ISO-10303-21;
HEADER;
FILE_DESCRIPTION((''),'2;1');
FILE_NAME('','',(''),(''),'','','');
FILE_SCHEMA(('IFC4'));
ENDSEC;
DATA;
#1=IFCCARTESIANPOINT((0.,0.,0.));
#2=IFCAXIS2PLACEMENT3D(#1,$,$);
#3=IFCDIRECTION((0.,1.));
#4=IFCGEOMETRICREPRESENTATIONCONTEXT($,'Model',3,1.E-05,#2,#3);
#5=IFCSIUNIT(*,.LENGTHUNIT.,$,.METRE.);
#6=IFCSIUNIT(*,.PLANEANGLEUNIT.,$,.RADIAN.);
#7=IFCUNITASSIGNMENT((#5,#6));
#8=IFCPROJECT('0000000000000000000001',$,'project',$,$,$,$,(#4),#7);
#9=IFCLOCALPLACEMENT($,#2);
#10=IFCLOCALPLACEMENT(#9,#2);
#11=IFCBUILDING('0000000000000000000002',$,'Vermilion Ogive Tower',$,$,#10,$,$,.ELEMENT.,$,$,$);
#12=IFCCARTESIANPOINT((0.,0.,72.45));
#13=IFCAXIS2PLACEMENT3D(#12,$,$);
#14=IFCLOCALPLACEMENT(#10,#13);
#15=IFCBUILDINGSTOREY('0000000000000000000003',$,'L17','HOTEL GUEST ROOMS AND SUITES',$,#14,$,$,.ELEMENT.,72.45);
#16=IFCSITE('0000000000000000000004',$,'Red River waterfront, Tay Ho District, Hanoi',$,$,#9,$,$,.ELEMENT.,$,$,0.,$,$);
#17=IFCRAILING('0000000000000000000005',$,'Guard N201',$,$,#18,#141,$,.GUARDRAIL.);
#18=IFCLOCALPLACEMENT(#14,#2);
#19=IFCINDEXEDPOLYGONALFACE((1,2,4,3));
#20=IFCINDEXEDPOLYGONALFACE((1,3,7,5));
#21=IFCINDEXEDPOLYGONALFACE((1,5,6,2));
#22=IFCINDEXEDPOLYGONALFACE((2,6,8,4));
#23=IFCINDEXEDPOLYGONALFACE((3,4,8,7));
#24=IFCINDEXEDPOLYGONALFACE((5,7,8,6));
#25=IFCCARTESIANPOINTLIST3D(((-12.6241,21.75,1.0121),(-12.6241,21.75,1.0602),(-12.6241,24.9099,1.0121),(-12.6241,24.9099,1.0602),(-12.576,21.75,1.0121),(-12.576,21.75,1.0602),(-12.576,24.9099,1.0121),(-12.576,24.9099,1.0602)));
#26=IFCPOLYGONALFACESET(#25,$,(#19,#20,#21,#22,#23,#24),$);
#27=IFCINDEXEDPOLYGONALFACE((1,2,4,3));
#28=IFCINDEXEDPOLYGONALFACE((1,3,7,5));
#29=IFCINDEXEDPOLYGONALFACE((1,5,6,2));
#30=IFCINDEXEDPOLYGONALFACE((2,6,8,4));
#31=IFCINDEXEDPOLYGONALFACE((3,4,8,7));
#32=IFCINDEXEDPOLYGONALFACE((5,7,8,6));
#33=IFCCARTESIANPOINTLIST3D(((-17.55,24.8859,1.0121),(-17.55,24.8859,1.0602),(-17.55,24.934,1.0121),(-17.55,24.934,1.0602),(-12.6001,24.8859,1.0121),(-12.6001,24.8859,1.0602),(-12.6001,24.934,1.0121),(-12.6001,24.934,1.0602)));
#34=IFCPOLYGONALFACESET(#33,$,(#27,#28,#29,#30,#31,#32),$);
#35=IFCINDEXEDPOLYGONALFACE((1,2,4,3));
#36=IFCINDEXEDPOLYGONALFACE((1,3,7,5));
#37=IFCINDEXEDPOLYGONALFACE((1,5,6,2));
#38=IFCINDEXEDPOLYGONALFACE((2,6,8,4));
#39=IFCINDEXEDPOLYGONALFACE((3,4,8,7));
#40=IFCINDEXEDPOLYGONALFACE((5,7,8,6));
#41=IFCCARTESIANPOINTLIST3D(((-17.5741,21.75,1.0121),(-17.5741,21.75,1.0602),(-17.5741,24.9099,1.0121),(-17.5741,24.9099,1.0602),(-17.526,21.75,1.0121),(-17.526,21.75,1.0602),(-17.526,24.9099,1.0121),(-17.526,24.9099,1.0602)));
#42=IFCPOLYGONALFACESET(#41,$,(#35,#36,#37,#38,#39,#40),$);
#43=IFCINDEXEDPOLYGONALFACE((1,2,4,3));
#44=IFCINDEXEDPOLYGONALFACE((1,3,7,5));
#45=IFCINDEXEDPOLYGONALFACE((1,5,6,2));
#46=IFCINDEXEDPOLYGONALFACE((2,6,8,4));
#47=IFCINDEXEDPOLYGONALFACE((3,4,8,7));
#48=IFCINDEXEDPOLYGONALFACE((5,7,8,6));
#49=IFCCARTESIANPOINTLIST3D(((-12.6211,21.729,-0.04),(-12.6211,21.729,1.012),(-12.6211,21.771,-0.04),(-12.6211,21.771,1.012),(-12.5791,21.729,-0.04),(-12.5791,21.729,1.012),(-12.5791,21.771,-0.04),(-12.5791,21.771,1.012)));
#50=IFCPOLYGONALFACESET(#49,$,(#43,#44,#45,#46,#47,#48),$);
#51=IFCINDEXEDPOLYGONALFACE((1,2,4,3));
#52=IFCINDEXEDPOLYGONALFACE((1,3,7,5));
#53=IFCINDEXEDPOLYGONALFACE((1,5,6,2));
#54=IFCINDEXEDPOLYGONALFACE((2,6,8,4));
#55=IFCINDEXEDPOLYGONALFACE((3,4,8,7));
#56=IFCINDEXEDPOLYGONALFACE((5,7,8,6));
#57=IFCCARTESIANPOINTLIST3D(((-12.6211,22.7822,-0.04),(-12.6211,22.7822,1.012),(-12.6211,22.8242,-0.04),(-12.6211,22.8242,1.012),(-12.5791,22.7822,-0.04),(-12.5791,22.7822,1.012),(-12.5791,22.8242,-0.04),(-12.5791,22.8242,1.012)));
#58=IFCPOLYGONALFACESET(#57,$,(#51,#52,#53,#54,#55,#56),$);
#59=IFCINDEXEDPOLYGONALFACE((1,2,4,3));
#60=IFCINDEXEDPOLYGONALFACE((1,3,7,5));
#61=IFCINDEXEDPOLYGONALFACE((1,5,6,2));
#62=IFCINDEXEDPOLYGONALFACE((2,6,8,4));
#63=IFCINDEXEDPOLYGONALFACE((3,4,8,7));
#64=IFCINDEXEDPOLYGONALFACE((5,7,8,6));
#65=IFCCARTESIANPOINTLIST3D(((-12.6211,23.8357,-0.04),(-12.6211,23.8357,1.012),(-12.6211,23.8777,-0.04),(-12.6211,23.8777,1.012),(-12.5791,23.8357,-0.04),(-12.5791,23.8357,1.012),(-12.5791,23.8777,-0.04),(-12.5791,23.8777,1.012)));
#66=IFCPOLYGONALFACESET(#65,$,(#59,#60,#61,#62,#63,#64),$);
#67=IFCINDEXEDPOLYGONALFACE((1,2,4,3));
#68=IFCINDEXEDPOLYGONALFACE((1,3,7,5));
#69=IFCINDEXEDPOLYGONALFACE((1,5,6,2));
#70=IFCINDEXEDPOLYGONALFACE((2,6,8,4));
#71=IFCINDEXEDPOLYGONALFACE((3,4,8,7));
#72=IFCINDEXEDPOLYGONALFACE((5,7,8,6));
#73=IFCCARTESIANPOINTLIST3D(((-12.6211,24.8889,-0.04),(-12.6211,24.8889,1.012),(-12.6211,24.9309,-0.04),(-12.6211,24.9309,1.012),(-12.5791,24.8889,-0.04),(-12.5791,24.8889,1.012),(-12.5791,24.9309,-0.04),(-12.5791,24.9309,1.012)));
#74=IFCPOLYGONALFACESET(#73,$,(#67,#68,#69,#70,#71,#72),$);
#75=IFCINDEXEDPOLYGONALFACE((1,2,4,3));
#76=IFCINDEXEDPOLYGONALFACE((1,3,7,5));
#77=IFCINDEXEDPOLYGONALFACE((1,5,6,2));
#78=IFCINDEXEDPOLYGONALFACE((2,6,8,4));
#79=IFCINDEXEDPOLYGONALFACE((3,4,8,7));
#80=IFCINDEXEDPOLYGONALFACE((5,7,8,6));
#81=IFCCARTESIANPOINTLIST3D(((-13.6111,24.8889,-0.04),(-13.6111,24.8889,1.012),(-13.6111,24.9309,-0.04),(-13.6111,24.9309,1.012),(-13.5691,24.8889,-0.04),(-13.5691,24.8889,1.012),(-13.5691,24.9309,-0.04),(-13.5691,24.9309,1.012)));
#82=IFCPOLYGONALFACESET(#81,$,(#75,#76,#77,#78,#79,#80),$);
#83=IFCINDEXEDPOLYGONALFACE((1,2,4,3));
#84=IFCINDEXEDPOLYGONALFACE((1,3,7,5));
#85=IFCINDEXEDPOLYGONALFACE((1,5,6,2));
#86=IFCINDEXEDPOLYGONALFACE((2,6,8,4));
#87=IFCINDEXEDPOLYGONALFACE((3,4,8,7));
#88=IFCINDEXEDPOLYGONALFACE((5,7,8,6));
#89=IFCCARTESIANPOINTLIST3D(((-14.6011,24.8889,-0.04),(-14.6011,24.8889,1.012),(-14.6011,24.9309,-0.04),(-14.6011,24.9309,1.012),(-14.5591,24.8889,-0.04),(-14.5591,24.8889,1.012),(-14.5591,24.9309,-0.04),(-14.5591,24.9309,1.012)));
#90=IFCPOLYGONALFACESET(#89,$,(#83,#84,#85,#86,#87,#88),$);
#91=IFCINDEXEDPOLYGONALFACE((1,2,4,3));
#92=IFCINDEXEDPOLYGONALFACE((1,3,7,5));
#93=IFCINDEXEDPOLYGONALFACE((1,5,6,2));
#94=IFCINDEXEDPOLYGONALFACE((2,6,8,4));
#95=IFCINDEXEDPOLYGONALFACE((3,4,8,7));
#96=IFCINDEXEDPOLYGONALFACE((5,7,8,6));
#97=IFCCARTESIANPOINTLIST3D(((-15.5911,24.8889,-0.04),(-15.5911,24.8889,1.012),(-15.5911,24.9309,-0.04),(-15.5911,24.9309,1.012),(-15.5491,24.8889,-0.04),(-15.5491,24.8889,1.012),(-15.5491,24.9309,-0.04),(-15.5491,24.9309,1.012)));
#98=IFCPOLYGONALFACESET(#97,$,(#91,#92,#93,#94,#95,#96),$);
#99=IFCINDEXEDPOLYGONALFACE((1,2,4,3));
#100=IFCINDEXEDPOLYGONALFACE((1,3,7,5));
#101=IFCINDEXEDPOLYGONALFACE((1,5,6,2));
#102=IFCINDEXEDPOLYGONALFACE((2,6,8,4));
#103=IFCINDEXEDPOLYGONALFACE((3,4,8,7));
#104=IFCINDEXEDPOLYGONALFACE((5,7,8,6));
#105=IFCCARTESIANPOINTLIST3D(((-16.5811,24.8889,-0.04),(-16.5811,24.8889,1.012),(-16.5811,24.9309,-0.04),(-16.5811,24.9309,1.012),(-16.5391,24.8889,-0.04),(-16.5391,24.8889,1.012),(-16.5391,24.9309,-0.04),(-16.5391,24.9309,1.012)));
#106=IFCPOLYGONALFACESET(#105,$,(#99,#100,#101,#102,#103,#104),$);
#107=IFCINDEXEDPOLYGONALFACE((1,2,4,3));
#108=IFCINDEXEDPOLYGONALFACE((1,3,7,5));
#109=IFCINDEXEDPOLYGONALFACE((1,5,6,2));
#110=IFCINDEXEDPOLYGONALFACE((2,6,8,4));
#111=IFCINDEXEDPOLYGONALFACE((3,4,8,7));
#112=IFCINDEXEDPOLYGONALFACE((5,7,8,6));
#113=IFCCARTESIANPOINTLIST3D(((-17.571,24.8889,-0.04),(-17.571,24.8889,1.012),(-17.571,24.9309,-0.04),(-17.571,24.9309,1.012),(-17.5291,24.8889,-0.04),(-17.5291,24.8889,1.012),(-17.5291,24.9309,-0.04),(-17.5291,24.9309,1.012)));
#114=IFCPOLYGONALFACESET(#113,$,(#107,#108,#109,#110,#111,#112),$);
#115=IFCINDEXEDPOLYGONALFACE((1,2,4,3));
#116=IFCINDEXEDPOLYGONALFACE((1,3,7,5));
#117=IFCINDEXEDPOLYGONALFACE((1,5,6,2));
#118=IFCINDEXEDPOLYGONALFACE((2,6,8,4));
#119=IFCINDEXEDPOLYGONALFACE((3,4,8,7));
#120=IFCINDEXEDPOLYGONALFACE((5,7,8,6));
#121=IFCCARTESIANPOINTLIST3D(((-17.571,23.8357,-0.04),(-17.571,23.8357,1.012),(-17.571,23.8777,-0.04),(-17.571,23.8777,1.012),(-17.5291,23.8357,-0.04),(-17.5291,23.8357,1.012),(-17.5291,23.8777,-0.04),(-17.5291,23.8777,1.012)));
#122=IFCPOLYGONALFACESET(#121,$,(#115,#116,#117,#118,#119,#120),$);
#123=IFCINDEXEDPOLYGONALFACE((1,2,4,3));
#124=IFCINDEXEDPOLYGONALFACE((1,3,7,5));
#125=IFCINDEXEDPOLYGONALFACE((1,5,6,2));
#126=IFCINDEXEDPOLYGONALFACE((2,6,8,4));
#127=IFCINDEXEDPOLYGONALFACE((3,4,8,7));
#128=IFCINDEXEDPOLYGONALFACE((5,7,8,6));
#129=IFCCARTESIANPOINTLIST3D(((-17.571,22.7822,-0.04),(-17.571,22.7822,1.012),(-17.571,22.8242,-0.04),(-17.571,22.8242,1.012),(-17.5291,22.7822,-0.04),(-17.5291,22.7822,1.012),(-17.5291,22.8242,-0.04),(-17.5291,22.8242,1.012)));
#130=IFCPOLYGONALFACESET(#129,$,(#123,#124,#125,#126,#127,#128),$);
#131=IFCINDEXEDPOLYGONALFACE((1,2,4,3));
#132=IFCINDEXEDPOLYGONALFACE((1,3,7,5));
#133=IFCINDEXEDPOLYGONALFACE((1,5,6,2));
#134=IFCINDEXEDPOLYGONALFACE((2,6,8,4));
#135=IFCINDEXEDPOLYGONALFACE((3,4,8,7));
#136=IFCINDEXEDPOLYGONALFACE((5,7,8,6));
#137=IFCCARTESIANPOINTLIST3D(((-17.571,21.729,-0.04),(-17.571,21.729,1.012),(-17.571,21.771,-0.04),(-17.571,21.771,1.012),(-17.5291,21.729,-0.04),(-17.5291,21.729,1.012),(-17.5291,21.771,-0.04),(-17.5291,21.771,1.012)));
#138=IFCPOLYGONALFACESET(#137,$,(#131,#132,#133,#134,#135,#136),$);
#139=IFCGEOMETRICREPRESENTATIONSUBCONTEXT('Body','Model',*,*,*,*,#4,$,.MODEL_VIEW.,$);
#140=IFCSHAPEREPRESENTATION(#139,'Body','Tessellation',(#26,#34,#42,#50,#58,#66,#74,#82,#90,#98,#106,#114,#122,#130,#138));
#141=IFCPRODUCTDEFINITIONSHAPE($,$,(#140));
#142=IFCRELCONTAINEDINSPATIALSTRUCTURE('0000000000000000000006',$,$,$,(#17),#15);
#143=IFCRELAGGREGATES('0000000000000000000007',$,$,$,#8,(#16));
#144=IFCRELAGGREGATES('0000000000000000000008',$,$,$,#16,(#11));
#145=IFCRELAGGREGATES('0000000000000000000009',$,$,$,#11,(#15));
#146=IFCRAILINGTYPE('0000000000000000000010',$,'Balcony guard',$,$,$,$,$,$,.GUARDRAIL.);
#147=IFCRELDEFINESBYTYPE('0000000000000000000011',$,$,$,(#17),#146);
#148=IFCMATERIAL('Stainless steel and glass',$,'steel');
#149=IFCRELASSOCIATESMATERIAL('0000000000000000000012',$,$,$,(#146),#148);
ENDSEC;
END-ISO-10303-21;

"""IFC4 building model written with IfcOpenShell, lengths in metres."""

from ifc_helpers import new_model, si_unit, direction, frame, origin, origin_2d, place, context, subcontext, project, spatial, rectangle, extrude, material, type_object, element, save


model = new_model("IFC4")

# Units and contexts
model_context = context("Model", 3, precision=1e-05, world=origin(), true_north=direction((0.0, 1.0)))
body_context = subcontext(model_context, "Body", "Model", "MODEL_VIEW")
ifc_project = project(units=[si_unit("LENGTHUNIT", "METRE"), si_unit("PLANEANGLEUNIT", "RADIAN")], contexts=[model_context])

# Site, building, storey
site_placement = place(None, origin())
site = spatial("IfcSite", under=ifc_project, at=site_placement, Name="Red River waterfront, Tay Ho District, Hanoi", CompositionType="ELEMENT", RefElevation=0.0)
building_placement = place(site_placement, origin())
building = spatial("IfcBuilding", under=site, at=building_placement, Name="Vermilion Ogive Tower", CompositionType="ELEMENT")
storey_placement = place(building_placement, frame((0.0, 0.0, 72.45)))
storey = spatial("IfcBuildingStorey", under=building, at=storey_placement, Name="L17", Description="HOTEL GUEST ROOMS AND SUITES", CompositionType="ELEMENT", Elevation=72.45)

# Railing
ifc_material_1 = material(Name="Stainless steel and glass", Category="steel")
railing_type = type_object("IfcRailingType", Name="Balcony guard", PredefinedType="GUARDRAIL", material=ifc_material_1)
railing_1_placement = place(storey_placement, frame((-12.6001, 21.75, -0.04)))
element("IfcRailing", 1, at=railing_1_placement, inside=storey, type_object=railing_type, Name="Guard N201", PredefinedType="GUARDRAIL", context=body_context, shape_type="SweptSolid", body=[
    extrude(rectangle(XDim=0.0481, YDim=0.0481, at=origin_2d()), frame((0.0, 0.0, 1.0762), z_axis=(0.0, 1.0, 0.0), x_axis=(-1.0, 0.0, 0.0)), (0.0, 0.0, 1.0), 3.1599),
    extrude(rectangle(XDim=0.0481, YDim=0.0481, at=origin_2d()), frame((0.0, 3.1599, 1.0762), z_axis=(-1.0, 0.0, 0.0), x_axis=(0.0, -1.0, 0.0)), (0.0, 0.0, 1.0), 4.95),
    extrude(rectangle(XDim=0.0481, YDim=0.0481, at=origin_2d()), frame((-4.95, 3.1599, 1.0762), z_axis=(0.0, -1.0, 0.0), x_axis=(1.0, 0.0, 0.0)), (0.0, 0.0, 1.0), 3.1599),
    extrude(rectangle(XDim=0.042, YDim=0.042, at=origin_2d()), origin(), (0.0, 0.0, 1.0), 1.052),
    extrude(rectangle(XDim=0.042, YDim=0.042, at=origin_2d()), frame((0.0, 1.0532, 0.0)), (0.0, 0.0, 1.0), 1.052),
    extrude(rectangle(XDim=0.042, YDim=0.042, at=origin_2d()), frame((0.0, 2.1067, 0.0)), (0.0, 0.0, 1.0), 1.052),
    extrude(rectangle(XDim=0.042, YDim=0.042, at=origin_2d()), frame((0.0, 3.1599, 0.0)), (0.0, 0.0, 1.0), 1.052),
    extrude(rectangle(XDim=0.042, YDim=0.042, at=origin_2d()), frame((-0.99, 3.1599, 0.0)), (0.0, 0.0, 1.0), 1.052),
    extrude(rectangle(XDim=0.042, YDim=0.042, at=origin_2d()), frame((-1.98, 3.1599, 0.0)), (0.0, 0.0, 1.0), 1.052),
    extrude(rectangle(XDim=0.042, YDim=0.042, at=origin_2d()), frame((-2.97, 3.1599, 0.0)), (0.0, 0.0, 1.0), 1.052),
    extrude(rectangle(XDim=0.042, YDim=0.042, at=origin_2d()), frame((-3.96, 3.1599, 0.0)), (0.0, 0.0, 1.0), 1.052),
    extrude(rectangle(XDim=0.042, YDim=0.042, at=origin_2d()), frame((-4.95, 3.1599, 0.0)), (0.0, 0.0, 1.0), 1.052),
    extrude(rectangle(XDim=0.042, YDim=0.042, at=origin_2d()), frame((-4.95, 2.1067, 0.0)), (0.0, 0.0, 1.0), 1.052),
    extrude(rectangle(XDim=0.042, YDim=0.042, at=origin_2d()), frame((-4.95, 1.0532, 0.0)), (0.0, 0.0, 1.0), 1.052),
    extrude(rectangle(XDim=0.042, YDim=0.042, at=origin_2d()), frame((-4.95, 0.0, 0.0)), (0.0, 0.0, 1.0), 1.052),
])

save(model, "model.ifc")
